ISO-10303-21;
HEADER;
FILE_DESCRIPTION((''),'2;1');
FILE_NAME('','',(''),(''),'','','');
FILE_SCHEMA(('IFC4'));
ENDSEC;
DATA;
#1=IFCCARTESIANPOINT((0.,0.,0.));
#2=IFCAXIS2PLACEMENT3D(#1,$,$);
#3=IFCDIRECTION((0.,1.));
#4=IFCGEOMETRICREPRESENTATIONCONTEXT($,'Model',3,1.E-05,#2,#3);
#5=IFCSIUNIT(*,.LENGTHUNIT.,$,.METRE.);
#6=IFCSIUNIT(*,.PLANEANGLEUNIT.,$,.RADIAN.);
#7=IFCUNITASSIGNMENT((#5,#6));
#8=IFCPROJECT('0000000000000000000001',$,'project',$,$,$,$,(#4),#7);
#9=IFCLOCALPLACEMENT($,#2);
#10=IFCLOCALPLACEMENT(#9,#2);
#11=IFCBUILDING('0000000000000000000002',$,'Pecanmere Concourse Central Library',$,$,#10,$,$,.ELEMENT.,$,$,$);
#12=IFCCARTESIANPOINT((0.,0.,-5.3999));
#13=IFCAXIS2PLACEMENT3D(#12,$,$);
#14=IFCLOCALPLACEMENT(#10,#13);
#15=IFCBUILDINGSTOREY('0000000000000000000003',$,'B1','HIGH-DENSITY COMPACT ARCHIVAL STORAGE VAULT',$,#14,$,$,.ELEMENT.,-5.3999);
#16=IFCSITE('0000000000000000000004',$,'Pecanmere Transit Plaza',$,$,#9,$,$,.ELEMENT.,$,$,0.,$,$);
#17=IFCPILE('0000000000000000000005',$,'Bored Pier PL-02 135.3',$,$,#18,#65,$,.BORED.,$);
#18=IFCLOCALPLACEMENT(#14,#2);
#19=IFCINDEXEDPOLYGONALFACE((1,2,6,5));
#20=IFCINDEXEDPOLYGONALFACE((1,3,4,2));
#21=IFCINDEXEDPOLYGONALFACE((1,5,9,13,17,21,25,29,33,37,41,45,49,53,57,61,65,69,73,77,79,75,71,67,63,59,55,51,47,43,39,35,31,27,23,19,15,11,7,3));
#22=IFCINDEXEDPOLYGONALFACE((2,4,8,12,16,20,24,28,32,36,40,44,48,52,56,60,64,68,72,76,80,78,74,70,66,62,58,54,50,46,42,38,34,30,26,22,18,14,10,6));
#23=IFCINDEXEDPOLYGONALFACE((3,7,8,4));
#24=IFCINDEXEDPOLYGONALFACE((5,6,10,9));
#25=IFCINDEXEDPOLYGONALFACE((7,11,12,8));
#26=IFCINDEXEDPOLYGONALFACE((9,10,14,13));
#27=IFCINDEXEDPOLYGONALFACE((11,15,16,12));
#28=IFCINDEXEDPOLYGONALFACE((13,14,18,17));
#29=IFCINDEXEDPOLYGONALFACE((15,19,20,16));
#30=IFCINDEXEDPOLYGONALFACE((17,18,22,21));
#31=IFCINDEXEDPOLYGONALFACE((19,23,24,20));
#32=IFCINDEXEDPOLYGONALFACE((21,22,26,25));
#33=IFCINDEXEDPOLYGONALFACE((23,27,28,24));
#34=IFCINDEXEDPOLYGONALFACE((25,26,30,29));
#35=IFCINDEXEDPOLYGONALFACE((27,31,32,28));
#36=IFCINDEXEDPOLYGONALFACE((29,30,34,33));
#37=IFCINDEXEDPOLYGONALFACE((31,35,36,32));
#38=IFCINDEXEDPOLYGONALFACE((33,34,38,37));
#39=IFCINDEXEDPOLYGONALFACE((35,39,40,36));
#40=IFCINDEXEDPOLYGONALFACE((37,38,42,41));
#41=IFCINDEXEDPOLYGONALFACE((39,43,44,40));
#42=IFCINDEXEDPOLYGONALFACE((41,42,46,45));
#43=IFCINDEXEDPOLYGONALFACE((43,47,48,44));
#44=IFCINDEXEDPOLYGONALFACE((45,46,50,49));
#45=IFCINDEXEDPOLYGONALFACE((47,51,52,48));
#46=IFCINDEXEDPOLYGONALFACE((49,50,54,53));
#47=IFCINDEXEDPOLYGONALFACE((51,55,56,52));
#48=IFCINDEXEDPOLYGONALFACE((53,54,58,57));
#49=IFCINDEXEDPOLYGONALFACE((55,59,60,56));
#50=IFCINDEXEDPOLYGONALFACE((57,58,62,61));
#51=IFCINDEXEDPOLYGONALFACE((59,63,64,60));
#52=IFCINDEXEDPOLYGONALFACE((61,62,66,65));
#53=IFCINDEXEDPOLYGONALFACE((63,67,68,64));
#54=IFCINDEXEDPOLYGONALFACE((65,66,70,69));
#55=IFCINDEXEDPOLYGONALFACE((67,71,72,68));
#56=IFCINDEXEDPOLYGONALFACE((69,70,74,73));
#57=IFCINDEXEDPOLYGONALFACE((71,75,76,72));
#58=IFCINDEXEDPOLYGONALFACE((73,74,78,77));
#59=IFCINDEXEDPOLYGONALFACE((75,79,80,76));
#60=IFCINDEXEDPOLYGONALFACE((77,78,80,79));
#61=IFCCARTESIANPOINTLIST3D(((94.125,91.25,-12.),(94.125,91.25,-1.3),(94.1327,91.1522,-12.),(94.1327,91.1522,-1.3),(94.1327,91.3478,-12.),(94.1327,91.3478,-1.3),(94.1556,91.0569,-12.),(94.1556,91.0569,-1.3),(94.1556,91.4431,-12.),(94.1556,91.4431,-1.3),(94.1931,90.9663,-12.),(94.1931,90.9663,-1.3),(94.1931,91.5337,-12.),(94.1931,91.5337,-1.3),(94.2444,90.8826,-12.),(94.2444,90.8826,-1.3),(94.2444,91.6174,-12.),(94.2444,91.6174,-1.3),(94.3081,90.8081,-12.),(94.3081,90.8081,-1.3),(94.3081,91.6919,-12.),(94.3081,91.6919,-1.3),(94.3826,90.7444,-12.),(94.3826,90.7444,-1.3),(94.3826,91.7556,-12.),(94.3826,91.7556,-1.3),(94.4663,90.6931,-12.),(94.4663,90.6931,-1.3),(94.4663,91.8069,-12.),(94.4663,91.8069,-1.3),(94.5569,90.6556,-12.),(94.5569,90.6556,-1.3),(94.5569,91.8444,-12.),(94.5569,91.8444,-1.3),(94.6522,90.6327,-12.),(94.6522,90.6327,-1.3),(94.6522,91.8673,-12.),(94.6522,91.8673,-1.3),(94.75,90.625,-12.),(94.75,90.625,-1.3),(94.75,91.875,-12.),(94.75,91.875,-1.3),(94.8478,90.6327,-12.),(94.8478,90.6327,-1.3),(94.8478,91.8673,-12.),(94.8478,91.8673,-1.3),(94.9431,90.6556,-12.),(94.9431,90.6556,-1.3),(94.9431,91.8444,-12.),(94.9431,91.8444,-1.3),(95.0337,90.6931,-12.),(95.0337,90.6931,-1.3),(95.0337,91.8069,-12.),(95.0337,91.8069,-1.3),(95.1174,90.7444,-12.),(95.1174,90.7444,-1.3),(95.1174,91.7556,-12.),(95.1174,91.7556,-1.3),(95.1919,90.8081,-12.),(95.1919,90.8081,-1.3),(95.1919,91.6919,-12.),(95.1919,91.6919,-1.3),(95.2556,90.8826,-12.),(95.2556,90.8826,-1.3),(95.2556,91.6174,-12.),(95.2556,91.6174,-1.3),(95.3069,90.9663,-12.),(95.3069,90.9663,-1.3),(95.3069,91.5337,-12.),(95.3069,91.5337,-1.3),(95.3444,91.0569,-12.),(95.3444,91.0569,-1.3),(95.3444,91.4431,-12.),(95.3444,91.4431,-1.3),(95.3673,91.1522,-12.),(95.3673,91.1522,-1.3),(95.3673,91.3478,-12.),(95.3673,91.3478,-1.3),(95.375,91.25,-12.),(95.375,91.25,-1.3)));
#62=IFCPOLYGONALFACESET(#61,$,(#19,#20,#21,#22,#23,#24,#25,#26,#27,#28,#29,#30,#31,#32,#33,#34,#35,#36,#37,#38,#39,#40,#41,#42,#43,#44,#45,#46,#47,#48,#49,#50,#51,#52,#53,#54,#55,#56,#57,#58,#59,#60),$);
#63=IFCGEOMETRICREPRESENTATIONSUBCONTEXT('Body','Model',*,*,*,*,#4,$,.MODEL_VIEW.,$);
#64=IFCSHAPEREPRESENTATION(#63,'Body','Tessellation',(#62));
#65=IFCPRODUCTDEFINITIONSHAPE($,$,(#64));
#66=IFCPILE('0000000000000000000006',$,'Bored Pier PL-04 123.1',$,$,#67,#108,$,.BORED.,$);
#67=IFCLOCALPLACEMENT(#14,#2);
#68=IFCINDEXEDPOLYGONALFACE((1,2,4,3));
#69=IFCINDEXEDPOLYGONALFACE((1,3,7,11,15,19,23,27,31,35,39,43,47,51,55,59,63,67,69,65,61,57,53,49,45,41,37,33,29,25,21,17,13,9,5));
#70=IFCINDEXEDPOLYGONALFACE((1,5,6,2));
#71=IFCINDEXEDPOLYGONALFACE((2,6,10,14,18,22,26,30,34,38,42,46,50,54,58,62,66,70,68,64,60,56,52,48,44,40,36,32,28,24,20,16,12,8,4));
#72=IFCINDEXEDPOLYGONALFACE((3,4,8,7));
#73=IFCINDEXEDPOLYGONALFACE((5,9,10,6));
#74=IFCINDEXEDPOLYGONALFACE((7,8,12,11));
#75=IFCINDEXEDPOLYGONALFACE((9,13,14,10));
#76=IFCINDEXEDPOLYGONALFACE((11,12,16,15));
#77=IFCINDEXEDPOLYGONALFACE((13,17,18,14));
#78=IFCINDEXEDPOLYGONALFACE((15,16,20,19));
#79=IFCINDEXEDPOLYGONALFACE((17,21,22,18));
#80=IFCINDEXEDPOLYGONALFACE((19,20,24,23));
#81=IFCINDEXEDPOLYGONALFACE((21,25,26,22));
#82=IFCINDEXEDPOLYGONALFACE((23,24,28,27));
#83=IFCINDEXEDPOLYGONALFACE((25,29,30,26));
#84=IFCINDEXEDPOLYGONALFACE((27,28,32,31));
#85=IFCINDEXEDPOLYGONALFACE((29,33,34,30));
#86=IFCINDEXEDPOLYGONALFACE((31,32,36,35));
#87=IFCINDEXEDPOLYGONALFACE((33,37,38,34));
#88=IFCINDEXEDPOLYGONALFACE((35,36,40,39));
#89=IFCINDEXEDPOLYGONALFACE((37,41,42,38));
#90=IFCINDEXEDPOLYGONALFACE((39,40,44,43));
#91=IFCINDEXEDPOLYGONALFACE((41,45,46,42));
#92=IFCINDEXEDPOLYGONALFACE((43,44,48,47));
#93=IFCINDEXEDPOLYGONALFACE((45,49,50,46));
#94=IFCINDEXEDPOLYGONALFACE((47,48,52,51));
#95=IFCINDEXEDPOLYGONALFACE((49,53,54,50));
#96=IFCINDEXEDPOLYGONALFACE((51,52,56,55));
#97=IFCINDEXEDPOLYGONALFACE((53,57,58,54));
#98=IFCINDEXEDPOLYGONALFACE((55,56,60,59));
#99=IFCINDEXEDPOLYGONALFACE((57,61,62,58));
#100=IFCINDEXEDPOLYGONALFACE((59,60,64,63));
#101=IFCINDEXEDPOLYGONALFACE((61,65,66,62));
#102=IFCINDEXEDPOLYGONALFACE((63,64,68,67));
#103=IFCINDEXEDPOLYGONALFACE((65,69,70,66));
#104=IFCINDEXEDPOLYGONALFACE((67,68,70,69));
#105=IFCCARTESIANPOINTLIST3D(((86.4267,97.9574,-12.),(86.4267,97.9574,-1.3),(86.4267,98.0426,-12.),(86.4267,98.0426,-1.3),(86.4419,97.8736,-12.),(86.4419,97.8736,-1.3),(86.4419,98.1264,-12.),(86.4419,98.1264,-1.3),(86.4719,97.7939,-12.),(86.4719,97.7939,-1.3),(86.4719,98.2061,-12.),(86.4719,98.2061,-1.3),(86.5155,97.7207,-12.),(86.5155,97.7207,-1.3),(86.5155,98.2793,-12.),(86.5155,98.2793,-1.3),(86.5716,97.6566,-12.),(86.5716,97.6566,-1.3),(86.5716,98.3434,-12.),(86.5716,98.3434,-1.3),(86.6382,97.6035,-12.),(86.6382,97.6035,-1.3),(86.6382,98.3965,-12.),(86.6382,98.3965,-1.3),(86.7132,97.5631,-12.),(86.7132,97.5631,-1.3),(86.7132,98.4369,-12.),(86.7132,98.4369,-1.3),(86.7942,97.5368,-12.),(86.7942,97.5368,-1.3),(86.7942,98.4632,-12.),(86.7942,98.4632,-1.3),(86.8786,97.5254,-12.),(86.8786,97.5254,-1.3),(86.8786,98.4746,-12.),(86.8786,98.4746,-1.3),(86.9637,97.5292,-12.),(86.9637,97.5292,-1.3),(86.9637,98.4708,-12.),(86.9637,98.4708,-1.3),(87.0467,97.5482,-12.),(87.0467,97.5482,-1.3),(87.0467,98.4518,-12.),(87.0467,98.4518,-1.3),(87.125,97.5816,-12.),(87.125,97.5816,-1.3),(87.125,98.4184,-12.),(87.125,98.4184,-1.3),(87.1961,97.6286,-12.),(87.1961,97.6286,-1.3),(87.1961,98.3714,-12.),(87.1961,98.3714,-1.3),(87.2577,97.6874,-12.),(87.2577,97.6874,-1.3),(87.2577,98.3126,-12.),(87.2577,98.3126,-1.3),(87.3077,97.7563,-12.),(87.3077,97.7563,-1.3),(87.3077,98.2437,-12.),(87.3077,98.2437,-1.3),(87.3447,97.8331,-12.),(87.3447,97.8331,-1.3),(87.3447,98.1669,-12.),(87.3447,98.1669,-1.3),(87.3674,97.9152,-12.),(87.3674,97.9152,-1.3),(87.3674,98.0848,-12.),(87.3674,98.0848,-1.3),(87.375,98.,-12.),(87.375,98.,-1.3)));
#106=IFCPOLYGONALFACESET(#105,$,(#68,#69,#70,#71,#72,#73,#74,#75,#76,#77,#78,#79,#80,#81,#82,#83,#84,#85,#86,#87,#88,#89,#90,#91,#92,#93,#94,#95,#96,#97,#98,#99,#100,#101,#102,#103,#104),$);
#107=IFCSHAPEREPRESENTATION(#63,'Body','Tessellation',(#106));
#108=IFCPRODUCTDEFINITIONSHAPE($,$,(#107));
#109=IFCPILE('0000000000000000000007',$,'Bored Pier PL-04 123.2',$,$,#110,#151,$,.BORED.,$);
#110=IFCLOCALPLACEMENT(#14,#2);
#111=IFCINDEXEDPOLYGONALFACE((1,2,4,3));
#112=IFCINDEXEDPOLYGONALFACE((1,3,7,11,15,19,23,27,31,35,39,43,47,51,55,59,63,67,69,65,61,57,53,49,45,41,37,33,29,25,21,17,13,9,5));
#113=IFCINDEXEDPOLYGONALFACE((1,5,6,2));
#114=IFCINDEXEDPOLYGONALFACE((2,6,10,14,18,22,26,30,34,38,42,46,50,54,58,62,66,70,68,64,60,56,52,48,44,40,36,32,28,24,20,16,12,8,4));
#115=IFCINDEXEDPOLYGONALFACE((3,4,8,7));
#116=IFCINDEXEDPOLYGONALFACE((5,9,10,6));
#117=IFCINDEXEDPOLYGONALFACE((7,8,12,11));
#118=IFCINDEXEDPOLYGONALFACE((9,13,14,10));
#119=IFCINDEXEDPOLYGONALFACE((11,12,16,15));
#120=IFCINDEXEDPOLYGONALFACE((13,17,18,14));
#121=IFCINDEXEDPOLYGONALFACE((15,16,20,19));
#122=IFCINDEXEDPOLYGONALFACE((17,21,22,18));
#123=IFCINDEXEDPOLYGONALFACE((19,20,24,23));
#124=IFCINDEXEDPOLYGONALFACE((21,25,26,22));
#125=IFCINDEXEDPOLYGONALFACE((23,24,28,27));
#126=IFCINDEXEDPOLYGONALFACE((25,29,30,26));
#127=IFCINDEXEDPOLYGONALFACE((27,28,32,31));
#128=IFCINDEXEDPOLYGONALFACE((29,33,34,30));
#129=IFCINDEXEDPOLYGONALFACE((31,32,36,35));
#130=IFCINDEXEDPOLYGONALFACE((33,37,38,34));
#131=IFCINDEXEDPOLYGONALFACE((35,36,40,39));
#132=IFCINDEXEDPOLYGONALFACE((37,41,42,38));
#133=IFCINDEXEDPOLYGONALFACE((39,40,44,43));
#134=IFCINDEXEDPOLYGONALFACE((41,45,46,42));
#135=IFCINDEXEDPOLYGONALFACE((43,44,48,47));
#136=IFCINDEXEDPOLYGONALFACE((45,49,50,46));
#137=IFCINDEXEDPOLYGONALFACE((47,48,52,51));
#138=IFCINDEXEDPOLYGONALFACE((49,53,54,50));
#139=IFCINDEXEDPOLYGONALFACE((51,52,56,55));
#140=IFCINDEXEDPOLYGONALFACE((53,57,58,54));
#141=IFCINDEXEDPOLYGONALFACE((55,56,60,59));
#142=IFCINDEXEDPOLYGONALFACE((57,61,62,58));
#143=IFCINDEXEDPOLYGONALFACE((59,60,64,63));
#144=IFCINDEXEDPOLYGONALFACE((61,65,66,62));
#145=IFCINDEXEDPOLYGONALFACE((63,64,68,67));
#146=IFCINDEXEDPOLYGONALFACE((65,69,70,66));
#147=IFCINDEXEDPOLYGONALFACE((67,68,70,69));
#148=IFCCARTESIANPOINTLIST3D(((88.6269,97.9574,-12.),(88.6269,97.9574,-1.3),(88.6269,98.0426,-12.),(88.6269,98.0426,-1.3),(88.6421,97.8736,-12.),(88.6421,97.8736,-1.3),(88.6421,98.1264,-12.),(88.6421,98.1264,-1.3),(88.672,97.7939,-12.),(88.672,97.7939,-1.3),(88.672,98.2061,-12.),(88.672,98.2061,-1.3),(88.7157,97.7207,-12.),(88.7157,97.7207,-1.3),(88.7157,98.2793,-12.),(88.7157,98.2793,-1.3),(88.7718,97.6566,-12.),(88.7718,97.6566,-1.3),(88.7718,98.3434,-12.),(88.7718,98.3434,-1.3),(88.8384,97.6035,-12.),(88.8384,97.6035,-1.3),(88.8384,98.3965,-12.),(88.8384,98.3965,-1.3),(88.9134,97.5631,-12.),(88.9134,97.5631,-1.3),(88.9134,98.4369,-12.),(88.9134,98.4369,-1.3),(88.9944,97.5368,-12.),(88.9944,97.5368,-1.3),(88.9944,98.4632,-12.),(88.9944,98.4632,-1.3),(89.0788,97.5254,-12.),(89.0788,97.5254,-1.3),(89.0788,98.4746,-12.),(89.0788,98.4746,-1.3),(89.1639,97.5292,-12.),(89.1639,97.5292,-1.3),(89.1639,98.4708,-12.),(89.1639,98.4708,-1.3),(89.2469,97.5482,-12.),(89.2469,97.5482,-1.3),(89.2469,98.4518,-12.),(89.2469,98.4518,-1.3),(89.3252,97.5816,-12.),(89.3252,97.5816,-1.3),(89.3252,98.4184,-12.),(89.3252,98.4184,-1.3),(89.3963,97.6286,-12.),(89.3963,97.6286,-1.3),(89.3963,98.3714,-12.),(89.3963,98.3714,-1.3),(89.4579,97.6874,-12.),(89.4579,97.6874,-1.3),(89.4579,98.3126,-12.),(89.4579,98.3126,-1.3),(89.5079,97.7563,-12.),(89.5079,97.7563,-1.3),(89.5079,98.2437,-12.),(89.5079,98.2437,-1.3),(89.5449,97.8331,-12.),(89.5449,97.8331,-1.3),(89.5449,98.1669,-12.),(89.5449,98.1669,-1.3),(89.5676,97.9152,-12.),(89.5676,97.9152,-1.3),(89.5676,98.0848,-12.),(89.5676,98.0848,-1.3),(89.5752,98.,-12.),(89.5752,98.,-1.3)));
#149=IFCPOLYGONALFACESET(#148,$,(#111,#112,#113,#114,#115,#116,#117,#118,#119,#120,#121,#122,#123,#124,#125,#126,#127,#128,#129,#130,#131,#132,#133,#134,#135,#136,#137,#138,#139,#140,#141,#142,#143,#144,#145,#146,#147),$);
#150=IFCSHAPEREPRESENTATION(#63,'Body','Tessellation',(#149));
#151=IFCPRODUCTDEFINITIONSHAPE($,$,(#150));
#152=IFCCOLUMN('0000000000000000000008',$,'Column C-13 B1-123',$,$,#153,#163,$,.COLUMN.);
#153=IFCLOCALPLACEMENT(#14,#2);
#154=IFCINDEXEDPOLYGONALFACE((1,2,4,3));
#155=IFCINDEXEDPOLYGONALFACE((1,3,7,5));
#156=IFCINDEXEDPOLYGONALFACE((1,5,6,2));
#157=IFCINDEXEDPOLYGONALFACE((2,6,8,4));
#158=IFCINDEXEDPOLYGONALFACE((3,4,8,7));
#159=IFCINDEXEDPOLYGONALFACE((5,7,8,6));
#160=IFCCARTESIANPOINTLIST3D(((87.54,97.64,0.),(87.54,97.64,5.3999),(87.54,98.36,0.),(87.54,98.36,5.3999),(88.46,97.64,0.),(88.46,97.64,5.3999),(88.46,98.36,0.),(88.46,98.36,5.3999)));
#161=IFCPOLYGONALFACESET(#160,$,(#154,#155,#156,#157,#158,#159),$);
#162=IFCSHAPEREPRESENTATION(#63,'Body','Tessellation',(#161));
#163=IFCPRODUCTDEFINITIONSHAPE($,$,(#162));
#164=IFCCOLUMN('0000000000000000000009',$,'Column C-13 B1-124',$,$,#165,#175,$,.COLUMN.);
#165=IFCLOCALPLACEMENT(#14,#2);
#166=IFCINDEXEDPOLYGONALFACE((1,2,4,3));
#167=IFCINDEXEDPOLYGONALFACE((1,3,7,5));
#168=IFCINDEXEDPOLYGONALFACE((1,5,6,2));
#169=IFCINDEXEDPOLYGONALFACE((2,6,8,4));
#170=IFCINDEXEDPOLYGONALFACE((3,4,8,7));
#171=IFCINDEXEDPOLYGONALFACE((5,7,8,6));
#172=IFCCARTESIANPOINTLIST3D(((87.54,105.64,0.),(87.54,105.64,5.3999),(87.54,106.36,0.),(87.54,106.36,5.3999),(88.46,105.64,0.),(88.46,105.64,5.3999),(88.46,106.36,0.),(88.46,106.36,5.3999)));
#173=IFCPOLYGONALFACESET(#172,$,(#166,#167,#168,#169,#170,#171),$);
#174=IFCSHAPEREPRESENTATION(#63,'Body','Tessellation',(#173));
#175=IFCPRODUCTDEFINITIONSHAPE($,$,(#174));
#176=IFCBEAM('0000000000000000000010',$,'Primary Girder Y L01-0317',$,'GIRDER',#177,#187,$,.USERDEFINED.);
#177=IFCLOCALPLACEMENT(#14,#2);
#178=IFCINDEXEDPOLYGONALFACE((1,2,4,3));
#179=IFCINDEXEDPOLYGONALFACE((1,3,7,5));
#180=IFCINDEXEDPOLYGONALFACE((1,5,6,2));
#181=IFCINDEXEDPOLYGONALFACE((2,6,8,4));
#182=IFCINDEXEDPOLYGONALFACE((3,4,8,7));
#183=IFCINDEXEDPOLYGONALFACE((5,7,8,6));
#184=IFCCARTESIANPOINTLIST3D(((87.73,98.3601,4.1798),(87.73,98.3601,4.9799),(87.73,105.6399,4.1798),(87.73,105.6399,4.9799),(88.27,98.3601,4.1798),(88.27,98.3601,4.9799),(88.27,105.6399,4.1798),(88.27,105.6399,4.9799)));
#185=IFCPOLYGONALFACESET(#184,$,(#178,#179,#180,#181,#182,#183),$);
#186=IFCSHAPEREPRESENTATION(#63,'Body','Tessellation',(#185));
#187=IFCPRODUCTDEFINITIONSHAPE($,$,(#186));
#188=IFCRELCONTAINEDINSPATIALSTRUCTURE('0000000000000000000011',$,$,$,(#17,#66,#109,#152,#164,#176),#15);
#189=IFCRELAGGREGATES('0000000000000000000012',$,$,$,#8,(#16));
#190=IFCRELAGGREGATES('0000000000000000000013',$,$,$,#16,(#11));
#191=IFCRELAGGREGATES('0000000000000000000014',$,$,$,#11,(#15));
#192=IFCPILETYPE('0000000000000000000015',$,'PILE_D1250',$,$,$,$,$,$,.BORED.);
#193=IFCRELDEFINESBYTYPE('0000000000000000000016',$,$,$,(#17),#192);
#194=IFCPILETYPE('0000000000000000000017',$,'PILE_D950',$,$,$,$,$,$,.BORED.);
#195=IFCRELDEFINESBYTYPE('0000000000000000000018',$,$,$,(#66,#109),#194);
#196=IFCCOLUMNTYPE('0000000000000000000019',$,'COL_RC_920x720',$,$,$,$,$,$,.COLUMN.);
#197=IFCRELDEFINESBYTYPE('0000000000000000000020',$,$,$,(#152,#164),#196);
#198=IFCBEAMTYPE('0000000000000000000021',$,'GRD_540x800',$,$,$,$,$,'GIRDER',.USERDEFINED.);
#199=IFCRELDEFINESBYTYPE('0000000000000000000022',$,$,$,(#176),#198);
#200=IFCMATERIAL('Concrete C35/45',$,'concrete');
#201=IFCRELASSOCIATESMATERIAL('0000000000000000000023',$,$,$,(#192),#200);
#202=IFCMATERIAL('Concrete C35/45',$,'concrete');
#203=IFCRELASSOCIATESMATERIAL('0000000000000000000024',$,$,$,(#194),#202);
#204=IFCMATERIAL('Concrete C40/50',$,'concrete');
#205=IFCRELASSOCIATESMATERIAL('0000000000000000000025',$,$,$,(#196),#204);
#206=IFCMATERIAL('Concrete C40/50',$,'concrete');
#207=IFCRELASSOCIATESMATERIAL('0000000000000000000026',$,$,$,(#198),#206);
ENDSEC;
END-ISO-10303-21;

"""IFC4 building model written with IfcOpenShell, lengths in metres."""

from ifc_helpers import new_model, si_unit, direction, frame, origin, origin_2d, place, context, subcontext, project, spatial, rectangle, circle, extrude, material, material_profile, profile_set, type_object, element, save


model = new_model("IFC4")

# Units and contexts
model_context = context("Model", 3, precision=1e-05, world=origin(), true_north=direction((0.0, 1.0)))
body_context = subcontext(model_context, "Body", "Model", "MODEL_VIEW")
ifc_project = project(units=[si_unit("LENGTHUNIT", "METRE"), si_unit("PLANEANGLEUNIT", "RADIAN")], contexts=[model_context])

# Site, building, storey
site_placement = place(None, origin())
site = spatial("IfcSite", under=ifc_project, at=site_placement, Name="Pecanmere Transit Plaza", CompositionType="ELEMENT", RefElevation=0.0)
building_placement = place(site_placement, origin())
building = spatial("IfcBuilding", under=site, at=building_placement, Name="Pecanmere Concourse Central Library", CompositionType="ELEMENT")
storey_placement = place(building_placement, frame((0.0, 0.0, -5.3999)))
storey = spatial("IfcBuildingStorey", under=building, at=storey_placement, Name="B1", Description="HIGH-DENSITY COMPACT ARCHIVAL STORAGE VAULT", CompositionType="ELEMENT", Elevation=-5.3999)

# Piles
ifc_material_1 = material(Name="Concrete C35/45", Category="concrete")
ifc_material_profile_1 = material_profile(ifc_material_1, circle(Radius=0.625, at=origin_2d()), Name="PIER D1250")
ifc_profile_set_1 = profile_set([ifc_material_profile_1], Name="Concrete C35/45")
pile_type_1 = type_object("IfcPileType", Name="PILE_D1250", PredefinedType="BORED", material=ifc_profile_set_1)
pile_placement = place(storey_placement, frame((94.75, 91.25, -1.3), z_axis=(0.0, 0.0, -1.0), x_axis=(1.0, 0.0, 0.0)))
element("IfcPile", 1, at=pile_placement, inside=storey, type_object=pile_type_1, Name="Bored Pier PL-02 135.3", PredefinedType="BORED", context=body_context, shape_type="SweptSolid", body=[
    extrude(circle(Radius=0.625, at=origin_2d()), origin(), (0.0, 0.0, 1.0), 10.7),
])
ifc_material_2 = material(Name="Concrete C35/45", Category="concrete")
ifc_material_profile_2 = material_profile(ifc_material_2, circle(Radius=0.4751, at=origin_2d()), Name="PIER D950")
ifc_profile_set_2 = profile_set([ifc_material_profile_2], Name="Concrete C35/45")
pile_type_2 = type_object("IfcPileType", Name="PILE_D950", PredefinedType="BORED", material=ifc_profile_set_2)
for number, where, z_axis, x_axis, name in (
    (2, (86.8999, 98.0, -1.3), (0.0, 0.0, -1.0), (1.0, 0.0, 0.0), "Bored Pier PL-04 123.1"),
    (3, (89.1001, 98.0, -1.3), (0.0, 0.0, -1.0), (1.0, 0.0, 0.0), "Bored Pier PL-04 123.2"),
):
    element("IfcPile", number, at=place(storey_placement, frame(where, z_axis=z_axis, x_axis=x_axis)), inside=storey, type_object=pile_type_2, Name=name, PredefinedType="BORED", context=body_context, shape_type="SweptSolid", body=[
        extrude(circle(Radius=0.4751, at=origin_2d()), origin(), (0.0, 0.0, 1.0), 10.7),
    ])

# Columns
ifc_material_3 = material(Name="Concrete C40/50", Category="concrete")
ifc_material_profile_3 = material_profile(ifc_material_3, rectangle(XDim=0.9199, YDim=0.72, at=origin_2d()), Name="RC 920x720")
ifc_profile_set_3 = profile_set([ifc_material_profile_3], Name="Concrete C40/50")
column_type = type_object("IfcColumnType", Name="COL_RC_920x720", PredefinedType="COLUMN", material=ifc_profile_set_3)
for number, where, z_axis, x_axis, name in (
    (4, (88.0, 98.0, 0.0), (0.0, 0.0, 1.0), (1.0, 0.0, 0.0), "Column C-13 B1-123"),
    (5, (88.0, 106.0, 0.0), (0.0, 0.0, 1.0), (1.0, 0.0, 0.0), "Column C-13 B1-124"),
):
    element("IfcColumn", number, at=place(storey_placement, frame(where, z_axis=z_axis, x_axis=x_axis)), inside=storey, type_object=column_type, Name=name, PredefinedType="COLUMN", context=body_context, shape_type="SweptSolid", body=[
        extrude(rectangle(XDim=0.9199, YDim=0.72, at=origin_2d()), origin(), (0.0, 0.0, 1.0), 5.3999),
    ])

# Beam
ifc_material_4 = material(Name="Concrete C40/50", Category="concrete")
ifc_material_profile_4 = material_profile(ifc_material_4, rectangle(XDim=0.54, YDim=0.8, at=origin_2d()), Name="RC 540x800")
ifc_profile_set_4 = profile_set([ifc_material_profile_4], Name="Concrete C40/50")
beam_type_1 = type_object("IfcBeamType", Name="GRD_540x800", ElementType="GIRDER", PredefinedType="USERDEFINED", material=ifc_profile_set_4)
beam_1_placement = place(storey_placement, frame((88.0, 98.3601, 4.5798), z_axis=(0.0, 1.0, 0.0), x_axis=(-1.0, 0.0, 0.0)))
element("IfcBeam", 6, at=beam_1_placement, inside=storey, type_object=beam_type_1, Name="Primary Girder Y L01-0317", ObjectType="GIRDER", PredefinedType="USERDEFINED", context=body_context, shape_type="SweptSolid", body=[
    extrude(rectangle(XDim=0.54, YDim=0.8, at=origin_2d()), origin(), (0.0, 0.0, 1.0), 7.2798),
])

save(model, "model.ifc")
